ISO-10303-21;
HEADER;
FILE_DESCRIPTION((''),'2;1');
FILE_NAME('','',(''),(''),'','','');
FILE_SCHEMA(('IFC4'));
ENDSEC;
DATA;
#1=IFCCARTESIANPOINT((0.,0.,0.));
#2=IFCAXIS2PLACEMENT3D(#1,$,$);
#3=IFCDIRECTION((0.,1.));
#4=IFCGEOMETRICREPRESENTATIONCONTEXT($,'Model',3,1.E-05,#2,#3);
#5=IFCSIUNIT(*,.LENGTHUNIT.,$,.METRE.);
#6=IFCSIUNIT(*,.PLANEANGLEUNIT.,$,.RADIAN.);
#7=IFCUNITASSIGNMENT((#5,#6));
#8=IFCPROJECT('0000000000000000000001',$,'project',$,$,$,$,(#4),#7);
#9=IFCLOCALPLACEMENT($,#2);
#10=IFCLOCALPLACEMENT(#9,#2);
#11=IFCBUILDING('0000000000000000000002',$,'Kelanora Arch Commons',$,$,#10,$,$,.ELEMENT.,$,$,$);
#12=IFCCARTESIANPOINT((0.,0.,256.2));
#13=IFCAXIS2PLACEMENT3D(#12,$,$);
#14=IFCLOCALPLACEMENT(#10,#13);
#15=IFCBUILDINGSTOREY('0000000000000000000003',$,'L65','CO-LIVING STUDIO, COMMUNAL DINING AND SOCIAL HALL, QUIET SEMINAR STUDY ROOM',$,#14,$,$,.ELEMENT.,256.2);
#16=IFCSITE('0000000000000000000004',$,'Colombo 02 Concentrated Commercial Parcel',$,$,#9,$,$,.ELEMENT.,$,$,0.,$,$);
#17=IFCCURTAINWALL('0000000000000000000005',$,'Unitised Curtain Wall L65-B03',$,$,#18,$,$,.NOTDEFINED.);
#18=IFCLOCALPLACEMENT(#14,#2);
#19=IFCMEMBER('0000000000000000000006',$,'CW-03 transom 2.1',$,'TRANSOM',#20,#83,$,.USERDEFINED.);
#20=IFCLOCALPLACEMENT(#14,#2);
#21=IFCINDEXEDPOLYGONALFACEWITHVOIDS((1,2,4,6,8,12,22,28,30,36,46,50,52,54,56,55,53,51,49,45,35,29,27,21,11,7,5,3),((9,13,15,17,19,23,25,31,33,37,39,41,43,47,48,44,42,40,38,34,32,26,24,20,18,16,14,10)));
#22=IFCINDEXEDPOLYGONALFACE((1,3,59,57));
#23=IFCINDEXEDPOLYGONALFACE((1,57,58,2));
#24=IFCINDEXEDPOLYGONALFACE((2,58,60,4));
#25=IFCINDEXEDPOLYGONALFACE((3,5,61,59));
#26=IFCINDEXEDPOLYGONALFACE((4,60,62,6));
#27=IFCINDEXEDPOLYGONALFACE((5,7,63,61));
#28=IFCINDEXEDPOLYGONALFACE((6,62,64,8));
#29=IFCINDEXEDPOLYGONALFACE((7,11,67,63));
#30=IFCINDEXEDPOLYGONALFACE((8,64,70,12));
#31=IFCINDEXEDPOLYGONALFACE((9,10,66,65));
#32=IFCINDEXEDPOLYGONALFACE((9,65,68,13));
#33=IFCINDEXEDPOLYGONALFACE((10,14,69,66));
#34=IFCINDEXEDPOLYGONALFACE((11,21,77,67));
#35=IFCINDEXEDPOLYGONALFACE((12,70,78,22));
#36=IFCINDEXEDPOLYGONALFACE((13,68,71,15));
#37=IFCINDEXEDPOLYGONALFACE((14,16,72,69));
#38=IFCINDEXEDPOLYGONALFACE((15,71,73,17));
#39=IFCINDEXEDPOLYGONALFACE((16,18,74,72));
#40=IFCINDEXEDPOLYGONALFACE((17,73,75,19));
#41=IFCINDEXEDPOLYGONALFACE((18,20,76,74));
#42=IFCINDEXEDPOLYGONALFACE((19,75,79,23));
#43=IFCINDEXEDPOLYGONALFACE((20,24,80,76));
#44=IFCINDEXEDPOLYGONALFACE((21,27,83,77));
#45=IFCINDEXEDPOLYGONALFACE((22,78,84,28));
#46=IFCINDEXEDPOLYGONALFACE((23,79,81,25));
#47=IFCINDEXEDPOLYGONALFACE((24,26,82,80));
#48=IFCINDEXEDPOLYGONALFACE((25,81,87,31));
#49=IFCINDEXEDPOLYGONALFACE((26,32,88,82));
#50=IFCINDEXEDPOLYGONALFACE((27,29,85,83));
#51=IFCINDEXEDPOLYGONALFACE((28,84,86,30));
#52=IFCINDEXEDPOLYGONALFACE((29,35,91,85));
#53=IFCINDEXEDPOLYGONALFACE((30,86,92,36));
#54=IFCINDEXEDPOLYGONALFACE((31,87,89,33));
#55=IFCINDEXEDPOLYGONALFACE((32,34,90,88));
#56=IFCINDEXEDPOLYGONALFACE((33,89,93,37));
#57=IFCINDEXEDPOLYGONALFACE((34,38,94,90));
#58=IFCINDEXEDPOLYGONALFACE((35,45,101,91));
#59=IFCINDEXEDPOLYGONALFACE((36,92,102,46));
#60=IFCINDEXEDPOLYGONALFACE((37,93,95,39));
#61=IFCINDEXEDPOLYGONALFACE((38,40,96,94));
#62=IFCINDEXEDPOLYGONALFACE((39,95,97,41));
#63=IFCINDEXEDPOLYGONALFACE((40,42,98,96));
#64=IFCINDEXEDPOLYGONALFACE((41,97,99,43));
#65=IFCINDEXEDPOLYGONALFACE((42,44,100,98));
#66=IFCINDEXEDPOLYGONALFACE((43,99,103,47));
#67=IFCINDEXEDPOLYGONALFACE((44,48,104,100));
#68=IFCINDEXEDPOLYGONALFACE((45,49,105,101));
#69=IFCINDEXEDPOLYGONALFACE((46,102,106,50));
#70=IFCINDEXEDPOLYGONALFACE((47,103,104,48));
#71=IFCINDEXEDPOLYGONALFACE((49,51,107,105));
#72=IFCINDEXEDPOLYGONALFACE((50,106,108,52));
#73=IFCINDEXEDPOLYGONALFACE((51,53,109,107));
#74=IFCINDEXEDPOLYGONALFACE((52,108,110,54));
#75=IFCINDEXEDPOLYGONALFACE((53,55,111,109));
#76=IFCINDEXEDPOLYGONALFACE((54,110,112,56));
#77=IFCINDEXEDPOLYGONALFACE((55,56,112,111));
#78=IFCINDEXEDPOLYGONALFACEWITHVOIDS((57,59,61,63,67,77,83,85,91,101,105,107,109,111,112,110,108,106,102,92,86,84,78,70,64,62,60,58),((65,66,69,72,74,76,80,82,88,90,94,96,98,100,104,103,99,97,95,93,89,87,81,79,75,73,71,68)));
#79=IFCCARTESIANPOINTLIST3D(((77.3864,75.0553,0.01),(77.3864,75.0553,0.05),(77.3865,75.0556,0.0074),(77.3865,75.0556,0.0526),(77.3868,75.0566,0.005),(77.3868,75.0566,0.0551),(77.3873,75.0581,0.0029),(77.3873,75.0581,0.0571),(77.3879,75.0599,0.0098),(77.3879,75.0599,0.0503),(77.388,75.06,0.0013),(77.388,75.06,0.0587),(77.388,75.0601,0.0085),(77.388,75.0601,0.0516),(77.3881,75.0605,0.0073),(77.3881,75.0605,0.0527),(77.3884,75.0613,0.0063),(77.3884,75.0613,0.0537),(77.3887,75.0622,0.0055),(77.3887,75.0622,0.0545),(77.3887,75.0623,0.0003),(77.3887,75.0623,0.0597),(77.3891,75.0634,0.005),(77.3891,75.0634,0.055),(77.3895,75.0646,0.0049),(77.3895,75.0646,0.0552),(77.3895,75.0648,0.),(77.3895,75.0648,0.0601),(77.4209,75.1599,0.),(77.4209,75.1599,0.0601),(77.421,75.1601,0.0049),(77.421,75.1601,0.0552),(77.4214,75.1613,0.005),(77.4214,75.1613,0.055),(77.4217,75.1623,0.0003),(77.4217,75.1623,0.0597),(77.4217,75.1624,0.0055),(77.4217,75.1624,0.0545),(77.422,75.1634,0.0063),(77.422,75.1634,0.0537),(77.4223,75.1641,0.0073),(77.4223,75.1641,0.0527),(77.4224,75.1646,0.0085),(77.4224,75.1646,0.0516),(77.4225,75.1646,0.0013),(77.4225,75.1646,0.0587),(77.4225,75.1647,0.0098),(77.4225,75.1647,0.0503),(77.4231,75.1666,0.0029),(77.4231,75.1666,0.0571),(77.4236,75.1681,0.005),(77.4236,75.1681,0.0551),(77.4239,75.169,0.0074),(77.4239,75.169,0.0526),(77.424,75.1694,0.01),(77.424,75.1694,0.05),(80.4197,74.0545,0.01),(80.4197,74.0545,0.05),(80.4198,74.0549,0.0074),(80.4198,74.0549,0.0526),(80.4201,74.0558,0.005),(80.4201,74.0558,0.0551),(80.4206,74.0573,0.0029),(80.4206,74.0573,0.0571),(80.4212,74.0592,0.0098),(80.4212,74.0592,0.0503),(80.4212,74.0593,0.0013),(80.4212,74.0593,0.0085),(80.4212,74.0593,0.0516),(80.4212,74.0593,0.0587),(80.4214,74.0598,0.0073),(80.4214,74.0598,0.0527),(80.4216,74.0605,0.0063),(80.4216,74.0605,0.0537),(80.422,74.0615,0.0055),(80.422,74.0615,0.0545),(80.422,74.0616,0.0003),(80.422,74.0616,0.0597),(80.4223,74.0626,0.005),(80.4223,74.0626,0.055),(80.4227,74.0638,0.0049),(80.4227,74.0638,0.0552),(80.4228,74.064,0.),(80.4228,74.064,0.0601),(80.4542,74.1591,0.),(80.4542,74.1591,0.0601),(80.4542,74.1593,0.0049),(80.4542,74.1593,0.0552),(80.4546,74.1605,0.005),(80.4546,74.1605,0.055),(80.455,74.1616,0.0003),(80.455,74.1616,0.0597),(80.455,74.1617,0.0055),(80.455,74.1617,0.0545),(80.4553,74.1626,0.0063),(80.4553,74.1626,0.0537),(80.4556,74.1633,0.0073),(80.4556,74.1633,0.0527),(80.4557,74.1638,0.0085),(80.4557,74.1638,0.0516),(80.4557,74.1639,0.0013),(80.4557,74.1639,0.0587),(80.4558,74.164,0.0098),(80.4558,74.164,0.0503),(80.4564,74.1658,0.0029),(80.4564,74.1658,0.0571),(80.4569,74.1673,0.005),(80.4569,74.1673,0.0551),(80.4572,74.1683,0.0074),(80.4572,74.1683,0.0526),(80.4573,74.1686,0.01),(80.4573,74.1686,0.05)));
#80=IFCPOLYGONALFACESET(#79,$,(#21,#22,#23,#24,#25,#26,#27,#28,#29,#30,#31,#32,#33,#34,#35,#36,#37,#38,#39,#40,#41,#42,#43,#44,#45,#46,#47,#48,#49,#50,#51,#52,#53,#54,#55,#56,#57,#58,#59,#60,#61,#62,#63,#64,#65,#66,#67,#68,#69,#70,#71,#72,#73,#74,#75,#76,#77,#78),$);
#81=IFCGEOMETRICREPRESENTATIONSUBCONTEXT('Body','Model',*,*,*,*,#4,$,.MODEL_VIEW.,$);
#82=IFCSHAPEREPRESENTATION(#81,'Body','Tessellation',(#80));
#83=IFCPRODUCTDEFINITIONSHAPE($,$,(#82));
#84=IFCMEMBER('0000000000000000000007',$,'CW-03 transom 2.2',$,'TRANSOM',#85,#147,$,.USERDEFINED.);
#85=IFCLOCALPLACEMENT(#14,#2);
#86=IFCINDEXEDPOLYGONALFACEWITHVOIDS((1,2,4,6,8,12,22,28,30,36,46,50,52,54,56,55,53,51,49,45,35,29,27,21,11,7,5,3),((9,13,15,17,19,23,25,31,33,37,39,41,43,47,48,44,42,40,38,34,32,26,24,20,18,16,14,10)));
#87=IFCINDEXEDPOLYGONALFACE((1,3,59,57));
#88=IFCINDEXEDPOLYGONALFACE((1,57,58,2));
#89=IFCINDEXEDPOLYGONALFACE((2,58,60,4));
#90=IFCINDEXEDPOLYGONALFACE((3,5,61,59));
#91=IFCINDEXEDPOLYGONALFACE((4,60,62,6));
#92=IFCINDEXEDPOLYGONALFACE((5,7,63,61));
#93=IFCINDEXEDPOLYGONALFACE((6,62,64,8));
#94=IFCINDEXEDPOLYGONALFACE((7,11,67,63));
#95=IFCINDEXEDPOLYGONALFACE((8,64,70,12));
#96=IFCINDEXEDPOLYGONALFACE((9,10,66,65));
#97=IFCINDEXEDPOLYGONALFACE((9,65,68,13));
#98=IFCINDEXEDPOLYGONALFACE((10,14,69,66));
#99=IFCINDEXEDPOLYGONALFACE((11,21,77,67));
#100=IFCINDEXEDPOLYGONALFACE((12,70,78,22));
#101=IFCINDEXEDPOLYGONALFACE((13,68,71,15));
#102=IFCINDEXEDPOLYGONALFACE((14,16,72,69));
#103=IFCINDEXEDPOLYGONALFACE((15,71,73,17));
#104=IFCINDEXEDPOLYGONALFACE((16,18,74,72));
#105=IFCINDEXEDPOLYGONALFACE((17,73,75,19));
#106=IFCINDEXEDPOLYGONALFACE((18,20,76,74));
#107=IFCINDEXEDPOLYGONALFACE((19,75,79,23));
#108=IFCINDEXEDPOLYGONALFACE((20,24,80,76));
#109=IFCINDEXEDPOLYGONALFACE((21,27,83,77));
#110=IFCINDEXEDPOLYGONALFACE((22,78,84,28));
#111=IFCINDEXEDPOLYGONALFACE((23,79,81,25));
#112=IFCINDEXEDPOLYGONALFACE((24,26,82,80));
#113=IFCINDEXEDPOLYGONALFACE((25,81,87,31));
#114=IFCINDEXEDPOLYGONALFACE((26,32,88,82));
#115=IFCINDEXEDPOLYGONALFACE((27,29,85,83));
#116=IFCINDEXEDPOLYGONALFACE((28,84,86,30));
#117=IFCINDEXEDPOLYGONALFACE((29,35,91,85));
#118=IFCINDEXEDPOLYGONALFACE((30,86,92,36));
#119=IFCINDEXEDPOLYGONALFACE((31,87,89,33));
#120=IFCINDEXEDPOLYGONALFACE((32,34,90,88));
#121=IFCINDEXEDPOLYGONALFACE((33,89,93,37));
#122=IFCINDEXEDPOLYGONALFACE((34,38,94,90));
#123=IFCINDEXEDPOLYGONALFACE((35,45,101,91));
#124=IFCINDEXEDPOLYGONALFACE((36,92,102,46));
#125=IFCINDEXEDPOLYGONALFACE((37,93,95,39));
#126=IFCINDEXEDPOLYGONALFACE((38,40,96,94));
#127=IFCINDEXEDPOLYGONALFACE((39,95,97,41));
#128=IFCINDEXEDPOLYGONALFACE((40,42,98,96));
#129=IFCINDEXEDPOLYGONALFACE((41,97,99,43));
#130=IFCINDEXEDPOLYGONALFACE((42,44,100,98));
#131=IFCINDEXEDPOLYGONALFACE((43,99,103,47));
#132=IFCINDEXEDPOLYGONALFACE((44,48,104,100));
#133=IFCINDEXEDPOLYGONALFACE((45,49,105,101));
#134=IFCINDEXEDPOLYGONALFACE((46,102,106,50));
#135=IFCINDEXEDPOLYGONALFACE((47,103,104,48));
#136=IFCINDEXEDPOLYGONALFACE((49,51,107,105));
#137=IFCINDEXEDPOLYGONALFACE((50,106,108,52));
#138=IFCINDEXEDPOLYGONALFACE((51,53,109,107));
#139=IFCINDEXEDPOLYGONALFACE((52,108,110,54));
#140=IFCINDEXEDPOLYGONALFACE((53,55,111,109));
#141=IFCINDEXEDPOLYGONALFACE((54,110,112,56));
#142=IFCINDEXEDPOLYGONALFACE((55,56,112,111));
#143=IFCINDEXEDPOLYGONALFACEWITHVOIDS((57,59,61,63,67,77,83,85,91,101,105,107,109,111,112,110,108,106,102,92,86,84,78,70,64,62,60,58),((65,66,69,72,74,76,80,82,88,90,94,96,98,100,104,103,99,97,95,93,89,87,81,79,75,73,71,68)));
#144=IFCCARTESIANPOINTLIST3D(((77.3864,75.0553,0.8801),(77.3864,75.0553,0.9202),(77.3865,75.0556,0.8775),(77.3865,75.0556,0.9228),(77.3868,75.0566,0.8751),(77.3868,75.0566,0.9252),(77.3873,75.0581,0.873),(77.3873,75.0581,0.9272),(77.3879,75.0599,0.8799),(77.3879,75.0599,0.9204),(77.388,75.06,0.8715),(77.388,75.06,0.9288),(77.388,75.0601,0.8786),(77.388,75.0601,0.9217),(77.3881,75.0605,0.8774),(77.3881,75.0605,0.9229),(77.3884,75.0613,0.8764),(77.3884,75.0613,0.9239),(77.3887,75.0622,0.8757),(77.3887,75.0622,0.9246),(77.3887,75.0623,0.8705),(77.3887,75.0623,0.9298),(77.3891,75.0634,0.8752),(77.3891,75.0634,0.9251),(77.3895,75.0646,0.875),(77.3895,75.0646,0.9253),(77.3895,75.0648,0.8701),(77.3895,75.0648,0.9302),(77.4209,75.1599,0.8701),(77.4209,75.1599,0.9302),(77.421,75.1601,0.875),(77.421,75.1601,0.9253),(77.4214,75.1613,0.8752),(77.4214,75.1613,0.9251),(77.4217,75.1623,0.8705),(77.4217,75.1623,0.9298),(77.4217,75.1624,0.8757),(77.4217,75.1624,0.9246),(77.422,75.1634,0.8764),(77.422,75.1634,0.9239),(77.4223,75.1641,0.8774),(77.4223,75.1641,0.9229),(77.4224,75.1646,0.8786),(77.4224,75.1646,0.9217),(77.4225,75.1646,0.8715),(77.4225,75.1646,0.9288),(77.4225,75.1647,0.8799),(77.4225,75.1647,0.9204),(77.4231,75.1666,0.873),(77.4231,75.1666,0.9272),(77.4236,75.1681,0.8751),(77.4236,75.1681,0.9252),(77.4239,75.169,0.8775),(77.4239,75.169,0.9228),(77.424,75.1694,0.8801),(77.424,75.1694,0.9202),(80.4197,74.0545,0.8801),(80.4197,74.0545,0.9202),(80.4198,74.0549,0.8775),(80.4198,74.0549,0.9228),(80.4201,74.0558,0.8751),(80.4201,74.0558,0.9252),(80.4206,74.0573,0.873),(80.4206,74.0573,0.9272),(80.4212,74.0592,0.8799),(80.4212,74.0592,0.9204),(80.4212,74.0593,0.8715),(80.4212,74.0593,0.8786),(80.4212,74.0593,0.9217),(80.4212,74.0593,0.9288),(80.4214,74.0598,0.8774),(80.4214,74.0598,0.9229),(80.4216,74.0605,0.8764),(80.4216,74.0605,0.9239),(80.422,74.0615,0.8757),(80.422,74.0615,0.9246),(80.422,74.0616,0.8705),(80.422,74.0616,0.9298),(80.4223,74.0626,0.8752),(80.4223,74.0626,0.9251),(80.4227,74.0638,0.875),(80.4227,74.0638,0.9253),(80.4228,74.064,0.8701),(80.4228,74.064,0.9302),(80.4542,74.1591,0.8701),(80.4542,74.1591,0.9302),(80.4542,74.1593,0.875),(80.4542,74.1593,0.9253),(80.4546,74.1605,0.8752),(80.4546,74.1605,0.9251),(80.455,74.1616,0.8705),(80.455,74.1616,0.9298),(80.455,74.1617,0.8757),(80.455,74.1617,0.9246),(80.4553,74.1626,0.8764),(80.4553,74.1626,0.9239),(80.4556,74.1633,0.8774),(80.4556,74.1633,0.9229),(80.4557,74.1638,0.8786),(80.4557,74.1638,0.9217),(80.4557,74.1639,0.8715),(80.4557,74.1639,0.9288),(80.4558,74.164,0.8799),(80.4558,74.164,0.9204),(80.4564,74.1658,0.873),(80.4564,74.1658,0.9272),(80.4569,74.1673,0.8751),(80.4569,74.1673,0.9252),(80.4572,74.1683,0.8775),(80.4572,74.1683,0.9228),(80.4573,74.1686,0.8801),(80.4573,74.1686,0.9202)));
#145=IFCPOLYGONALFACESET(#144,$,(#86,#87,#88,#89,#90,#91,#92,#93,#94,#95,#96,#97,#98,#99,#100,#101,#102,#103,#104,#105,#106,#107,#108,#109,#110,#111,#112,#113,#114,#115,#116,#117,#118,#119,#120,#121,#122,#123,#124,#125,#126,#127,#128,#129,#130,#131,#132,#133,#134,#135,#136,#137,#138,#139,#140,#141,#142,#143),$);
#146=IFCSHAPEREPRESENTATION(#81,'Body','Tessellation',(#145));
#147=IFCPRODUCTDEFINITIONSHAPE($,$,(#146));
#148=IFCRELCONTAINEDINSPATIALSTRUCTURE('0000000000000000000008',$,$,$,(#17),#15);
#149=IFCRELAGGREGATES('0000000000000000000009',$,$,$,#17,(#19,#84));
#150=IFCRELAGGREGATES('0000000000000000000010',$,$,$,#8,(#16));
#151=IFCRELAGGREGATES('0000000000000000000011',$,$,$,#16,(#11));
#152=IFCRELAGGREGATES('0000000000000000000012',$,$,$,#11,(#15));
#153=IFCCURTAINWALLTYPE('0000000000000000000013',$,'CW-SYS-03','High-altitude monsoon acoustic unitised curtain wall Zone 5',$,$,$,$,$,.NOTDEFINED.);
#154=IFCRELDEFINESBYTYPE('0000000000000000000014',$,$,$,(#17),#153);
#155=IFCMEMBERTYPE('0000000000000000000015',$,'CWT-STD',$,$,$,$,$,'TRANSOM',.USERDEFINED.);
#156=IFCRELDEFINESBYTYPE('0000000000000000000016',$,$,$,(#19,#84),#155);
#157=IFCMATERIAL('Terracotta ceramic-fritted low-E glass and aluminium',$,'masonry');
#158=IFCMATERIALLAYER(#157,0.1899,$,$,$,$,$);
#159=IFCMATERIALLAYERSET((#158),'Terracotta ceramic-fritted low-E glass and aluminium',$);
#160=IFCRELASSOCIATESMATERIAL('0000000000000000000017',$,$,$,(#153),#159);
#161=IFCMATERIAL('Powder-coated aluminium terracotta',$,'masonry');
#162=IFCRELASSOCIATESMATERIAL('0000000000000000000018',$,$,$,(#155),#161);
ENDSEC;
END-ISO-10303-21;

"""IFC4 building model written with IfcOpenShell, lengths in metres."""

from ifc_helpers import new_model, si_unit, direction, frame, origin, origin_2d, place, context, subcontext, project, spatial, hollow_rectangle, extrude, material, layer, layer_set, material_profile, profile_set, type_object, element, aggregate, save


model = new_model("IFC4")

# Units and contexts
model_context = context("Model", 3, precision=1e-05, world=origin(), true_north=direction((0.0, 1.0)))
body_context = subcontext(model_context, "Body", "Model", "MODEL_VIEW")
ifc_project = project(units=[si_unit("LENGTHUNIT", "METRE"), si_unit("PLANEANGLEUNIT", "RADIAN")], contexts=[model_context])

# Site, building, storey
site_placement = place(None, origin())
site = spatial("IfcSite", under=ifc_project, at=site_placement, Name="Colombo 02 Concentrated Commercial Parcel", CompositionType="ELEMENT", RefElevation=0.0)
building_placement = place(site_placement, origin())
building = spatial("IfcBuilding", under=site, at=building_placement, Name="Kelanora Arch Commons", CompositionType="ELEMENT")
storey_placement = place(building_placement, frame((0.0, 0.0, 256.2)))
storey = spatial("IfcBuildingStorey", under=building, at=storey_placement, Name="L65", Description="CO-LIVING STUDIO, COMMUNAL DINING AND SOCIAL HALL, QUIET SEMINAR STUDY ROOM", CompositionType="ELEMENT", Elevation=256.2)

# Curtain wall, members
ifc_material_1 = material(Name="Terracotta ceramic-fritted low-E glass and aluminium", Category="masonry")
ifc_layer_1 = layer(ifc_material_1, 0.1899)
ifc_layer_set_1 = layer_set([ifc_layer_1], Name="Terracotta ceramic-fritted low-E glass and aluminium")
curtain_wall_type = type_object("IfcCurtainWallType", Name="CW-SYS-03", Description="High-altitude monsoon acoustic unitised curtain wall Zone 5", PredefinedType="NOTDEFINED", material=ifc_layer_set_1)
curtain_wall_placement = place(storey_placement, origin())
curtain_wall = element("IfcCurtainWall", 1, at=curtain_wall_placement, inside=storey, type_object=curtain_wall_type, Name="Unitised Curtain Wall L65-B03", PredefinedType="NOTDEFINED")
ifc_material_2 = material(Name="Powder-coated aluminium terracotta", Category="masonry")
ifc_material_profile_1 = material_profile(ifc_material_2, hollow_rectangle(XDim=0.1201, YDim=0.0601, WallThickness=0.0049, InnerFilletRadius=0.0049, OuterFilletRadius=0.01, at=origin_2d()), Name="CWT120x60")
ifc_profile_set_1 = profile_set([ifc_material_profile_1], Name="Powder-coated aluminium terracotta")
member_type_1 = type_object("IfcMemberType", Name="CWT-STD", ElementType="TRANSOM", PredefinedType="USERDEFINED", material=ifc_profile_set_1)
member_1_placement = place(storey_placement, frame((80.4385, 74.1116, 0.03), z_axis=(-0.94965, 0.313314, 0.0), x_axis=(-0.313314, -0.94965, 0.0)))
member_1 = element("IfcMember", 2, at=member_1_placement, type_object=member_type_1, Name="CW-03 transom 2.1", ObjectType="TRANSOM", PredefinedType="USERDEFINED", context=body_context, shape_type="SweptSolid", body=[
    extrude(hollow_rectangle(XDim=0.1201, YDim=0.0601, WallThickness=0.0049, InnerFilletRadius=0.0049, OuterFilletRadius=0.01, at=origin_2d()), origin(), (0.0, 0.0, 1.0), 3.1941),
])
member_2_placement = place(storey_placement, frame((80.4385, 74.1116, 0.9001), z_axis=(-0.94965, 0.313314, 0.0), x_axis=(-0.313314, -0.94965, 0.0)))
member_2 = element("IfcMember", 3, at=member_2_placement, type_object=member_type_1, Name="CW-03 transom 2.2", ObjectType="TRANSOM", PredefinedType="USERDEFINED", context=body_context, shape_type="SweptSolid", body=[
    extrude(hollow_rectangle(XDim=0.1201, YDim=0.0601, WallThickness=0.0049, InnerFilletRadius=0.0049, OuterFilletRadius=0.01, at=origin_2d()), origin(), (0.0, 0.0, 1.0), 3.1941),
])
aggregate(curtain_wall, [member_1, member_2])

save(model, "model.ifc")
